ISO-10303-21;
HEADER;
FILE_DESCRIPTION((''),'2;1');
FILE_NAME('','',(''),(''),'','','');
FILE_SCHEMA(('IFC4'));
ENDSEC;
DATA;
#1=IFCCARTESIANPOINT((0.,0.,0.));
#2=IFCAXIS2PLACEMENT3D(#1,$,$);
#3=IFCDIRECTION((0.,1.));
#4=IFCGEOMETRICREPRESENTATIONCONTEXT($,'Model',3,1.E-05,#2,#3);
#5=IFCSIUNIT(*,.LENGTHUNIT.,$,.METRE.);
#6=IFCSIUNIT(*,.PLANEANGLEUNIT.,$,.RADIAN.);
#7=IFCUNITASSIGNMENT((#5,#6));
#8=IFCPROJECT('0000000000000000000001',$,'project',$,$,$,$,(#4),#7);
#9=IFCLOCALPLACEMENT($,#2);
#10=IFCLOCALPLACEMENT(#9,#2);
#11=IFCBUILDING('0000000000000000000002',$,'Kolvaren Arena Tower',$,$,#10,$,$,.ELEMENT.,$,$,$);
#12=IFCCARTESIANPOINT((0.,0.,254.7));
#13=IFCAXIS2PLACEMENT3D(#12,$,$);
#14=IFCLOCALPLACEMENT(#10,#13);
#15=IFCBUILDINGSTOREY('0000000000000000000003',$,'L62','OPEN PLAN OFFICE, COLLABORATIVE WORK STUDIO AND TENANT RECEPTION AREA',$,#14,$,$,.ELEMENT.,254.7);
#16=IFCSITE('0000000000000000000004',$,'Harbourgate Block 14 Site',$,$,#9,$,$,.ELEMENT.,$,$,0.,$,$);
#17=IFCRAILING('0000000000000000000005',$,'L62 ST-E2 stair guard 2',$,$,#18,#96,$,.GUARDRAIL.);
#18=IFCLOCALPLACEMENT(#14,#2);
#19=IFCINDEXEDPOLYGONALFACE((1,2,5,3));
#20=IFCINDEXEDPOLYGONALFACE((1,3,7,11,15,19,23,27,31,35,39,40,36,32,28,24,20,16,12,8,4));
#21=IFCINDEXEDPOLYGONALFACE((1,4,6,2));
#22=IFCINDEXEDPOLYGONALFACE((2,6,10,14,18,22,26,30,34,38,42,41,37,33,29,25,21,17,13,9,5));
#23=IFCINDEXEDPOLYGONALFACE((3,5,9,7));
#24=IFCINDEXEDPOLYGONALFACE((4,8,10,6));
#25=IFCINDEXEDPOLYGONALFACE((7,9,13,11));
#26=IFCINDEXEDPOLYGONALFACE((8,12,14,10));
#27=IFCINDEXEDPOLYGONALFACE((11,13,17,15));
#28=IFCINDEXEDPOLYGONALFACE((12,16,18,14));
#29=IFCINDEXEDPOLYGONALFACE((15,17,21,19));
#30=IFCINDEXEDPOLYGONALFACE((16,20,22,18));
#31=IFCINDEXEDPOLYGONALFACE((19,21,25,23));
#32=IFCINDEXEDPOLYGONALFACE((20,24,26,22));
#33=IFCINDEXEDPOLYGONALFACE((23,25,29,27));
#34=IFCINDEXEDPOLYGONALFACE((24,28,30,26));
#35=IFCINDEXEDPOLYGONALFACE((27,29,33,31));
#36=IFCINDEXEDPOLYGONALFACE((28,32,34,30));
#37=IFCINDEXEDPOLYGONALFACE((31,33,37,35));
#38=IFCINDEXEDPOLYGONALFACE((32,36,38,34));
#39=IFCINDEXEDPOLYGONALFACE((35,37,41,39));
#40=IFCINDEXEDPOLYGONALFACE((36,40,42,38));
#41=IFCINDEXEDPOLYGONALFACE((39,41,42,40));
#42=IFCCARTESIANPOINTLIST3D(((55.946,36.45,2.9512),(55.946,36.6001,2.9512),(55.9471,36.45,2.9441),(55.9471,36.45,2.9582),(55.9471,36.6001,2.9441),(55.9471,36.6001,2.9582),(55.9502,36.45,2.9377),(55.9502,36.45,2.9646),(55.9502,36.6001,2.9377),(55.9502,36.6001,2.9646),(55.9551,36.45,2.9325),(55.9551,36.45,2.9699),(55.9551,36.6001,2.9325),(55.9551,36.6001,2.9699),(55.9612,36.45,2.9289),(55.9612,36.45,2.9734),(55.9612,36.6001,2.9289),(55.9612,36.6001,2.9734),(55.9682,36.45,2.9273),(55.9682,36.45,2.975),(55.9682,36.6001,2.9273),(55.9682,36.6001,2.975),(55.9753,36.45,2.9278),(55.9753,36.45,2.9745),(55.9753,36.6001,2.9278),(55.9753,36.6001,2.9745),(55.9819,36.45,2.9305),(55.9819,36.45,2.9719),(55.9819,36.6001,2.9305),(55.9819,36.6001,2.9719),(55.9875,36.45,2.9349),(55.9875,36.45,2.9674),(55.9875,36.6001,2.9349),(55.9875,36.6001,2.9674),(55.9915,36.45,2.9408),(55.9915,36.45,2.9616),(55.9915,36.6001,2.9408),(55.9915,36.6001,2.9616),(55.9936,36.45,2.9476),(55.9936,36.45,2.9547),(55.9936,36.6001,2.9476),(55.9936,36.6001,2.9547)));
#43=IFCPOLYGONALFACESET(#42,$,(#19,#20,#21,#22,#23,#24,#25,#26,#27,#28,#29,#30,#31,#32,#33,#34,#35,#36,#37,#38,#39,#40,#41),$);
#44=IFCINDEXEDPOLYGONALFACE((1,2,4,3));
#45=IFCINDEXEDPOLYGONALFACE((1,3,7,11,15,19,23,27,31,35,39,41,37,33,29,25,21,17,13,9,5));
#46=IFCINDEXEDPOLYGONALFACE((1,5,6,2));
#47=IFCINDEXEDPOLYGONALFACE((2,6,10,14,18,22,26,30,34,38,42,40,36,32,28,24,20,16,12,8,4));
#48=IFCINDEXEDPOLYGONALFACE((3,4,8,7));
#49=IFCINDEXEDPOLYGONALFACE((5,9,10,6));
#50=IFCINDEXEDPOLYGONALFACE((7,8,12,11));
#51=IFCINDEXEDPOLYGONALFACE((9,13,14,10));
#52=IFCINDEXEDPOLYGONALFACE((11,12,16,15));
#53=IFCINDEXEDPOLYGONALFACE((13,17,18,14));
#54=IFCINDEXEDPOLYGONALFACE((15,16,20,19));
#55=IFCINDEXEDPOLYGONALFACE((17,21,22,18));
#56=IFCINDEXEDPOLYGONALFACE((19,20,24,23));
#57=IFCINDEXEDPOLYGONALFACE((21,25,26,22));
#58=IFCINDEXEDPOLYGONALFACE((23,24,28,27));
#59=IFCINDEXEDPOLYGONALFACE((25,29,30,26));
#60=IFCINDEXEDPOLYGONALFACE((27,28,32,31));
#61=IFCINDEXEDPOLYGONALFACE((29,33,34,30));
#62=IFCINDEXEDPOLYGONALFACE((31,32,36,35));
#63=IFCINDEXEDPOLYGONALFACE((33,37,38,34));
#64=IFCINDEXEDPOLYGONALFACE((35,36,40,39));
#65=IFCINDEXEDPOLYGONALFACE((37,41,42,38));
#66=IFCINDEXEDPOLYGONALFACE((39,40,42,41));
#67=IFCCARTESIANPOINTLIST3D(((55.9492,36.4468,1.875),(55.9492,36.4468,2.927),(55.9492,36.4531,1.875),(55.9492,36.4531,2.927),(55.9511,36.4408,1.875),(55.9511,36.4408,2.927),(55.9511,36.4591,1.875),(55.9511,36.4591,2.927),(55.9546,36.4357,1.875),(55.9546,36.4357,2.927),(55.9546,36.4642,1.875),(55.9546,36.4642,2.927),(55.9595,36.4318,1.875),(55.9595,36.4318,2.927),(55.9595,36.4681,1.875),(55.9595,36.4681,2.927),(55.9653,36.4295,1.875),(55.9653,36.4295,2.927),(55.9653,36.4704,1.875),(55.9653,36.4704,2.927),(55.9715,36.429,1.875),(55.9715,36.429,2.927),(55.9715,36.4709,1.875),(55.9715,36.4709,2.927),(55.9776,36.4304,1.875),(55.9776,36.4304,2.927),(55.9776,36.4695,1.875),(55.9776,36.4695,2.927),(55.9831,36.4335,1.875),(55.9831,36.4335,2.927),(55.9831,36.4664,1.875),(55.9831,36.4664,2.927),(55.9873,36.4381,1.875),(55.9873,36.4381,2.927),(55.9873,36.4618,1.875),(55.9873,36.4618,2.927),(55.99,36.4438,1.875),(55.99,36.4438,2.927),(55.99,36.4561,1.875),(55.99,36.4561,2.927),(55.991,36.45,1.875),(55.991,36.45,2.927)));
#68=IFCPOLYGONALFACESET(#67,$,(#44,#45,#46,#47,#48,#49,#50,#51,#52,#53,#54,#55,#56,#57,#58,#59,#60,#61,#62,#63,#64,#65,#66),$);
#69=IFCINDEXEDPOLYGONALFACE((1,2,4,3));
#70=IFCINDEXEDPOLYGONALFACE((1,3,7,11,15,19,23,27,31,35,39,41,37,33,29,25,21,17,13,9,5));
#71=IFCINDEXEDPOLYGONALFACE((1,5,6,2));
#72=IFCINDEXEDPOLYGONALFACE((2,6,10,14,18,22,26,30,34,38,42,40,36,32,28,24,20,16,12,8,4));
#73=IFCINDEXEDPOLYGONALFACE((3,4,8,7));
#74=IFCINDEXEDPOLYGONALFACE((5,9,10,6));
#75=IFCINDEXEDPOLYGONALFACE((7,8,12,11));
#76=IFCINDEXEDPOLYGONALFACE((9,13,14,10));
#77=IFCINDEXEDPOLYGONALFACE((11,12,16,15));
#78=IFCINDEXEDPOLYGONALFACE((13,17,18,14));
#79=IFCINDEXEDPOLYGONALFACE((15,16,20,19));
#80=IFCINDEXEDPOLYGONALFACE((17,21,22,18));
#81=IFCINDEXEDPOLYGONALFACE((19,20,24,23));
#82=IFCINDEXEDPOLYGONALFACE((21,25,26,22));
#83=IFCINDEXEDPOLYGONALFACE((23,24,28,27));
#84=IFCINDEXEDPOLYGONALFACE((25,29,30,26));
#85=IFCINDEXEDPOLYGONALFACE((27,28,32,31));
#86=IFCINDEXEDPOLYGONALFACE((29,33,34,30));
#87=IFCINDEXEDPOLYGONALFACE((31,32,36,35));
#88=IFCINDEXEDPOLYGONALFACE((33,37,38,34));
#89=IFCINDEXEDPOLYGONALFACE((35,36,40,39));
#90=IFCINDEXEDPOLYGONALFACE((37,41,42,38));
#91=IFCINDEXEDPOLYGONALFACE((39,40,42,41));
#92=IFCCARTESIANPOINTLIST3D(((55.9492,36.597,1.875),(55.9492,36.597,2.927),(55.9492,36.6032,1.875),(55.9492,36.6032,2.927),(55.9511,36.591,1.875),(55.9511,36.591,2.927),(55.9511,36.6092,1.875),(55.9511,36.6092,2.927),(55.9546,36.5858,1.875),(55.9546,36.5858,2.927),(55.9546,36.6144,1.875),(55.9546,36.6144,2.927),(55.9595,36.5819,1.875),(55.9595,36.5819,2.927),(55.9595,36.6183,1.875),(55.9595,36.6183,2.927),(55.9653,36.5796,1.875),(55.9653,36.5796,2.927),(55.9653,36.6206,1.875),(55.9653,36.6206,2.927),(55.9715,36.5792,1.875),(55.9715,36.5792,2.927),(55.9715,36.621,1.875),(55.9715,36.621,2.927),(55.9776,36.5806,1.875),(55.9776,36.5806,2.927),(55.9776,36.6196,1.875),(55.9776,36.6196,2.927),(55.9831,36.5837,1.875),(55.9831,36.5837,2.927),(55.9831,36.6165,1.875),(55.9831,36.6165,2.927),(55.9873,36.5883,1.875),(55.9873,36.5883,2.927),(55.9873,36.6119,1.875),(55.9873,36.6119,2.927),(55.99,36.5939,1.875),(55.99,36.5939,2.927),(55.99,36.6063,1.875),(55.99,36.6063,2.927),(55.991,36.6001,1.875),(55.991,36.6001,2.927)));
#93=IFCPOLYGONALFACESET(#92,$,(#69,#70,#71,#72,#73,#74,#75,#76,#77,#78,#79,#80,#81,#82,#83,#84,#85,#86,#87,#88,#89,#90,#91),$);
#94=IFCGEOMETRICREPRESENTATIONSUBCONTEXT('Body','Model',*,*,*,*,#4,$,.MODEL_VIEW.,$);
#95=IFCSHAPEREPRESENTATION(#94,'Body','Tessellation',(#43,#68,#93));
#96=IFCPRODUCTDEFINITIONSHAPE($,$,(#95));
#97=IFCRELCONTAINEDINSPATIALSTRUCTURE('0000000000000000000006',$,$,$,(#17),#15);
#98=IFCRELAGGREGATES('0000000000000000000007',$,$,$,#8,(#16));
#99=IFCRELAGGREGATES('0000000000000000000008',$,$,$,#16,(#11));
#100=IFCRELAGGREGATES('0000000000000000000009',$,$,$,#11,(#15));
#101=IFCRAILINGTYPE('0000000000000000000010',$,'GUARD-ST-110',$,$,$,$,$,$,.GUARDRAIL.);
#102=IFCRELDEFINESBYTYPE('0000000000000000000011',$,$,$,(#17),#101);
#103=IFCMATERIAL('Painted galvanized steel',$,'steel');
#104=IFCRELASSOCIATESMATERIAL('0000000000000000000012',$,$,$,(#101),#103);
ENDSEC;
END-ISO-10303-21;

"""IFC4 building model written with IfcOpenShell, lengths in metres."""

from ifc_helpers import new_model, si_unit, direction, frame, origin, origin_2d, place, context, subcontext, project, spatial, circle, extrude, material, type_object, element, save


model = new_model("IFC4")

# Units and contexts
model_context = context("Model", 3, precision=1e-05, world=origin(), true_north=direction((0.0, 1.0)))
body_context = subcontext(model_context, "Body", "Model", "MODEL_VIEW")
ifc_project = project(units=[si_unit("LENGTHUNIT", "METRE"), si_unit("PLANEANGLEUNIT", "RADIAN")], contexts=[model_context])

# Site, building, storey
site_placement = place(None, origin())
site = spatial("IfcSite", under=ifc_project, at=site_placement, Name="Harbourgate Block 14 Site", CompositionType="ELEMENT", RefElevation=0.0)
building_placement = place(site_placement, origin())
building = spatial("IfcBuilding", under=site, at=building_placement, Name="Kolvaren Arena Tower", CompositionType="ELEMENT")
storey_placement = place(building_placement, frame((0.0, 0.0, 254.7)))
storey = spatial("IfcBuildingStorey", under=building, at=storey_placement, Name="L62", Description="OPEN PLAN OFFICE, COLLABORATIVE WORK STUDIO AND TENANT RECEPTION AREA", CompositionType="ELEMENT", Elevation=254.7)

# Railing
ifc_material_1 = material(Name="Painted galvanized steel", Category="steel")
railing_type_1 = type_object("IfcRailingType", Name="GUARD-ST-110", PredefinedType="GUARDRAIL", material=ifc_material_1)
railing_1_placement = place(storey_placement, frame((55.97, 36.45, 1.875)))
element("IfcRailing", 1, at=railing_1_placement, inside=storey, type_object=railing_type_1, Name="L62 ST-E2 stair guard 2", PredefinedType="GUARDRAIL", context=body_context, shape_type="SweptSolid", body=[
    extrude(circle(Radius=0.0239, at=origin_2d()), frame((0.0, 0.0, 1.0762), z_axis=(0.0, 1.0, 0.0), x_axis=(-1.0, 0.0, 0.0)), (0.0, 0.0, 1.0), 0.1501),
    extrude(circle(Radius=0.021, at=origin_2d()), origin(), (0.0, 0.0, 1.0), 1.052),
    extrude(circle(Radius=0.021, at=origin_2d()), frame((0.0, 0.1501, 0.0)), (0.0, 0.0, 1.0), 1.052),
])

save(model, "model.ifc")
